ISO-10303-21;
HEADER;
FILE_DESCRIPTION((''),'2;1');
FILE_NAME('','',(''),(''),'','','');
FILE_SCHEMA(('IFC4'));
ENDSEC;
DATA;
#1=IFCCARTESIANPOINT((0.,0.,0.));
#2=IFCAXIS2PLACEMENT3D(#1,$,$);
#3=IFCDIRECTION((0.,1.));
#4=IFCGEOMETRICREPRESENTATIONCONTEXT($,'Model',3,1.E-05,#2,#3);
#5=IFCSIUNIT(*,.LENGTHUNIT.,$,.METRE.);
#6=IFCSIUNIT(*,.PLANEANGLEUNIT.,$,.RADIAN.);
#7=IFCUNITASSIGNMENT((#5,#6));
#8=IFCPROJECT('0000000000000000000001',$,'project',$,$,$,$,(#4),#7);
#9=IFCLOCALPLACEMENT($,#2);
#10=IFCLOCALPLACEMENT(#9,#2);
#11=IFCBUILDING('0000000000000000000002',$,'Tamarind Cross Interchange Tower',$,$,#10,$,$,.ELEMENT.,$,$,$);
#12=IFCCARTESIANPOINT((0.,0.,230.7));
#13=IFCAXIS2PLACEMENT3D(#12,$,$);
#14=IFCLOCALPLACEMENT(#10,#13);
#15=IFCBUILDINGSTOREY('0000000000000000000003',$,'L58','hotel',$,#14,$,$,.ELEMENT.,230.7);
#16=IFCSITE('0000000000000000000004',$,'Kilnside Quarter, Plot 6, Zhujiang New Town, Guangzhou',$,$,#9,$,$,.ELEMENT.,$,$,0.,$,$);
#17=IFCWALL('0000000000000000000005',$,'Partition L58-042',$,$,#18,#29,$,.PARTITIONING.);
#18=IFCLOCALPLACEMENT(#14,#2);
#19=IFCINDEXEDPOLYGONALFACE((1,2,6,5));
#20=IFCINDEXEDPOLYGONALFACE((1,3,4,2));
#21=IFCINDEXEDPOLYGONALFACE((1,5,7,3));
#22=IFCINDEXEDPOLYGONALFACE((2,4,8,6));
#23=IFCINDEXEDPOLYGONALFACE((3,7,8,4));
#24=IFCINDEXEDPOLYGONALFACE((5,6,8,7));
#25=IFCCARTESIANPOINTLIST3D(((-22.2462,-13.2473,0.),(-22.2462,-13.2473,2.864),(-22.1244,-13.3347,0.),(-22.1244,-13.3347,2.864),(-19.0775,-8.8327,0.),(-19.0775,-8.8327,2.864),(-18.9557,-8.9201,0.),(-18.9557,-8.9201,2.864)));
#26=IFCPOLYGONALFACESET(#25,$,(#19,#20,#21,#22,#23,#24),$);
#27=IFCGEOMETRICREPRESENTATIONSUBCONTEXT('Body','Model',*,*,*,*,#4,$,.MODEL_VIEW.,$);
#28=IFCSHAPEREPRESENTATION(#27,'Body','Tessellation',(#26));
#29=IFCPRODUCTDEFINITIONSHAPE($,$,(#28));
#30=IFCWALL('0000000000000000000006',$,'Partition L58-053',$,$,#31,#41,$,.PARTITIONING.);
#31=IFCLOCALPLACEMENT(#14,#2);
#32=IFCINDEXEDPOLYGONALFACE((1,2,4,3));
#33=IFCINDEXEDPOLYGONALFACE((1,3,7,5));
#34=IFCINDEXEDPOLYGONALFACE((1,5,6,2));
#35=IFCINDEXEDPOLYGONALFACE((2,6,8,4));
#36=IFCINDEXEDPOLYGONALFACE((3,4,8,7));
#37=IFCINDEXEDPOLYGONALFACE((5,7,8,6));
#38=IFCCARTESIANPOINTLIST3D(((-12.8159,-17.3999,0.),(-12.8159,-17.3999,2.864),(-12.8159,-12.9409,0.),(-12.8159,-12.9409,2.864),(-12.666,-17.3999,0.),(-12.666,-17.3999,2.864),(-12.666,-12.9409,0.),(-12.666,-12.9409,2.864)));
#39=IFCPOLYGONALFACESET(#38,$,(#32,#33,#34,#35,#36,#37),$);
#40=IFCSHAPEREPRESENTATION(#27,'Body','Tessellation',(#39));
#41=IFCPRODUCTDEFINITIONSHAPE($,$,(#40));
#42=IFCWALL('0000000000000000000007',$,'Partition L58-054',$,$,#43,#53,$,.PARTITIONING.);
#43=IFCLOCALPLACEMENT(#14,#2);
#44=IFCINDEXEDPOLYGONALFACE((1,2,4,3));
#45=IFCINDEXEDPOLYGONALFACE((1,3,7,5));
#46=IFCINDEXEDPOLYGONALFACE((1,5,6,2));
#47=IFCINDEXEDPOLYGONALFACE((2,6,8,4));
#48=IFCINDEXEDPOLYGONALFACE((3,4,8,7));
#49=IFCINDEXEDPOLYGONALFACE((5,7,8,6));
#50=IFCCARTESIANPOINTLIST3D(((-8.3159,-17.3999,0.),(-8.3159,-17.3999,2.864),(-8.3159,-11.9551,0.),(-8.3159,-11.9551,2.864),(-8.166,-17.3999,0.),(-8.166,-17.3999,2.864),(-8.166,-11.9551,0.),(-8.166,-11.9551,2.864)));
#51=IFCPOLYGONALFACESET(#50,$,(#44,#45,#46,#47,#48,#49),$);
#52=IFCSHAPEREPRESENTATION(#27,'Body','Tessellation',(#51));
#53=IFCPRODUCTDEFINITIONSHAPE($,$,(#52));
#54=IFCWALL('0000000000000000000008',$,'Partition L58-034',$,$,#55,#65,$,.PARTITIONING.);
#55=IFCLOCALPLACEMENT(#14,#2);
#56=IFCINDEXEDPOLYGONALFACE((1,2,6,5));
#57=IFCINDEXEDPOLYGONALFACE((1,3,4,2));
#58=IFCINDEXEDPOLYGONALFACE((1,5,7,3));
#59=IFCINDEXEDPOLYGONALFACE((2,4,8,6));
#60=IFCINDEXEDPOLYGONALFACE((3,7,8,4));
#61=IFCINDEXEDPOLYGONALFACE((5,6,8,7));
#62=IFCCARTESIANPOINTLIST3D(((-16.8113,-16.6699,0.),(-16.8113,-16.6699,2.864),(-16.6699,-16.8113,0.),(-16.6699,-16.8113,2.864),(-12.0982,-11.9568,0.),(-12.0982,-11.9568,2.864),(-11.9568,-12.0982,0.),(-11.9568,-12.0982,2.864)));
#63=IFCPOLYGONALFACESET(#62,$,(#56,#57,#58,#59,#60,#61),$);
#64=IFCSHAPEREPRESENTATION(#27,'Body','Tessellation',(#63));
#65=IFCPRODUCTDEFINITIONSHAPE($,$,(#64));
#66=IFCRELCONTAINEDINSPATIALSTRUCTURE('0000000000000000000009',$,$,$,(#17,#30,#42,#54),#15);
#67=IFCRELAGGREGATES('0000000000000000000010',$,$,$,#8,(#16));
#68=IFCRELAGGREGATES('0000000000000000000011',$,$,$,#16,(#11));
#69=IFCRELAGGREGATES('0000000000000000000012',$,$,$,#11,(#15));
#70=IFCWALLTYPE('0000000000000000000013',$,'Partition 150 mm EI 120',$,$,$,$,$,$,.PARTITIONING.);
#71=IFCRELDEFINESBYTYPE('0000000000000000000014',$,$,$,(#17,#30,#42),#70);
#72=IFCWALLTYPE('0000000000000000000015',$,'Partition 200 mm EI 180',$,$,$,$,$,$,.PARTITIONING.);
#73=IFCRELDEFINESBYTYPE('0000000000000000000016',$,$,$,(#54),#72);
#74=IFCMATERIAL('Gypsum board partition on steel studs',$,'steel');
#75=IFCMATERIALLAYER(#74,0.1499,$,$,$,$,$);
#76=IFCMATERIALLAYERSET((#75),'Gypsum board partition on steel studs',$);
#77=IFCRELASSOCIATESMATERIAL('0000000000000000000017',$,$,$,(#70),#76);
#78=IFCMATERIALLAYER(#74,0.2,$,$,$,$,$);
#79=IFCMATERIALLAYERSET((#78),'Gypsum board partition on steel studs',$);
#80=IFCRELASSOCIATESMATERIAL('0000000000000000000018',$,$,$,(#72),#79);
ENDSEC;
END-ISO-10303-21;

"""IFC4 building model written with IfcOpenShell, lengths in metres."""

from ifc_helpers import new_model, si_unit, direction, frame, frame_2d, origin, place, context, subcontext, project, spatial, rectangle, extrude, material, layer, layer_set, type_object, element, save


model = new_model("IFC4")

# Units and contexts
model_context = context("Model", 3, precision=1e-05, world=origin(), true_north=direction((0.0, 1.0)))
body_context = subcontext(model_context, "Body", "Model", "MODEL_VIEW")
ifc_project = project(units=[si_unit("LENGTHUNIT", "METRE"), si_unit("PLANEANGLEUNIT", "RADIAN")], contexts=[model_context])

# Site, building, storey
site_placement = place(None, origin())
site = spatial("IfcSite", under=ifc_project, at=site_placement, Name="Kilnside Quarter, Plot 6, Zhujiang New Town, Guangzhou", CompositionType="ELEMENT", RefElevation=0.0)
building_placement = place(site_placement, origin())
building = spatial("IfcBuilding", under=site, at=building_placement, Name="Tamarind Cross Interchange Tower", CompositionType="ELEMENT")
storey_placement = place(building_placement, frame((0.0, 0.0, 230.7)))
storey = spatial("IfcBuildingStorey", under=building, at=storey_placement, Name="L58", Description="hotel", CompositionType="ELEMENT", Elevation=230.7)

# Shared definitions
ifc_material_1 = material(Name="Gypsum board partition on steel studs", Category="steel")

# Shared definitions
ifc_layer_1 = layer(ifc_material_1, 0.1499)
ifc_layer_set_1 = layer_set([ifc_layer_1], Name="Gypsum board partition on steel studs")
wall_type_1 = type_object("IfcWallType", Name="Partition 150 mm EI 120", PredefinedType="PARTITIONING", material=ifc_layer_set_1)

# Walls
wall_1_placement = place(storey_placement, frame((-22.1853, -13.291, 0.0), z_axis=(0.0, 0.0, 1.0), x_axis=(0.583119, 0.812386, 0.0)))
element("IfcWall", 1, at=wall_1_placement, inside=storey, type_object=wall_type_1, Name="Partition L58-042", PredefinedType="PARTITIONING", context=body_context, shape_type="SweptSolid", body=[
    extrude(rectangle(XDim=5.4341, YDim=0.1499, at=frame_2d((2.717, 0.0))), origin(), (0.0, 0.0, 1.0), 2.864),
])
wall_2_placement = place(storey_placement, frame((-12.741, -17.3999, 0.0), z_axis=(0.0, 0.0, 1.0), x_axis=(0.0, 1.0, 0.0)))
element("IfcWall", 2, at=wall_2_placement, inside=storey, type_object=wall_type_1, Name="Partition L58-053", PredefinedType="PARTITIONING", context=body_context, shape_type="SweptSolid", body=[
    extrude(rectangle(XDim=4.459, YDim=0.1499, at=frame_2d((2.2295, 0.0))), origin(), (0.0, 0.0, 1.0), 2.864),
])
wall_3_placement = place(storey_placement, frame((-8.241, -17.3999, 0.0), z_axis=(0.0, 0.0, 1.0), x_axis=(0.0, 1.0, 0.0)))
element("IfcWall", 3, at=wall_3_placement, inside=storey, type_object=wall_type_1, Name="Partition L58-054", PredefinedType="PARTITIONING", context=body_context, shape_type="SweptSolid", body=[
    extrude(rectangle(XDim=5.4448, YDim=0.1499, at=frame_2d((2.7224, 0.0))), origin(), (0.0, 0.0, 1.0), 2.864),
])
ifc_layer_2 = layer(ifc_material_1, 0.2)
ifc_layer_set_2 = layer_set([ifc_layer_2], Name="Gypsum board partition on steel studs")
wall_type_2 = type_object("IfcWallType", Name="Partition 200 mm EI 180", PredefinedType="PARTITIONING", material=ifc_layer_set_2)
wall_4_placement = place(storey_placement, frame((-16.7405, -16.7405, 0.0), z_axis=(0.0, 0.0, 1.0), x_axis=(0.707107, 0.707107, 0.0)))
element("IfcWall", 4, at=wall_4_placement, inside=storey, type_object=wall_type_2, Name="Partition L58-034", PredefinedType="PARTITIONING", context=body_context, shape_type="SweptSolid", body=[
    extrude(rectangle(XDim=6.6653, YDim=0.2, at=frame_2d((3.3325, 0.0))), origin(), (0.0, 0.0, 1.0), 2.864),
])

save(model, "model.ifc")
